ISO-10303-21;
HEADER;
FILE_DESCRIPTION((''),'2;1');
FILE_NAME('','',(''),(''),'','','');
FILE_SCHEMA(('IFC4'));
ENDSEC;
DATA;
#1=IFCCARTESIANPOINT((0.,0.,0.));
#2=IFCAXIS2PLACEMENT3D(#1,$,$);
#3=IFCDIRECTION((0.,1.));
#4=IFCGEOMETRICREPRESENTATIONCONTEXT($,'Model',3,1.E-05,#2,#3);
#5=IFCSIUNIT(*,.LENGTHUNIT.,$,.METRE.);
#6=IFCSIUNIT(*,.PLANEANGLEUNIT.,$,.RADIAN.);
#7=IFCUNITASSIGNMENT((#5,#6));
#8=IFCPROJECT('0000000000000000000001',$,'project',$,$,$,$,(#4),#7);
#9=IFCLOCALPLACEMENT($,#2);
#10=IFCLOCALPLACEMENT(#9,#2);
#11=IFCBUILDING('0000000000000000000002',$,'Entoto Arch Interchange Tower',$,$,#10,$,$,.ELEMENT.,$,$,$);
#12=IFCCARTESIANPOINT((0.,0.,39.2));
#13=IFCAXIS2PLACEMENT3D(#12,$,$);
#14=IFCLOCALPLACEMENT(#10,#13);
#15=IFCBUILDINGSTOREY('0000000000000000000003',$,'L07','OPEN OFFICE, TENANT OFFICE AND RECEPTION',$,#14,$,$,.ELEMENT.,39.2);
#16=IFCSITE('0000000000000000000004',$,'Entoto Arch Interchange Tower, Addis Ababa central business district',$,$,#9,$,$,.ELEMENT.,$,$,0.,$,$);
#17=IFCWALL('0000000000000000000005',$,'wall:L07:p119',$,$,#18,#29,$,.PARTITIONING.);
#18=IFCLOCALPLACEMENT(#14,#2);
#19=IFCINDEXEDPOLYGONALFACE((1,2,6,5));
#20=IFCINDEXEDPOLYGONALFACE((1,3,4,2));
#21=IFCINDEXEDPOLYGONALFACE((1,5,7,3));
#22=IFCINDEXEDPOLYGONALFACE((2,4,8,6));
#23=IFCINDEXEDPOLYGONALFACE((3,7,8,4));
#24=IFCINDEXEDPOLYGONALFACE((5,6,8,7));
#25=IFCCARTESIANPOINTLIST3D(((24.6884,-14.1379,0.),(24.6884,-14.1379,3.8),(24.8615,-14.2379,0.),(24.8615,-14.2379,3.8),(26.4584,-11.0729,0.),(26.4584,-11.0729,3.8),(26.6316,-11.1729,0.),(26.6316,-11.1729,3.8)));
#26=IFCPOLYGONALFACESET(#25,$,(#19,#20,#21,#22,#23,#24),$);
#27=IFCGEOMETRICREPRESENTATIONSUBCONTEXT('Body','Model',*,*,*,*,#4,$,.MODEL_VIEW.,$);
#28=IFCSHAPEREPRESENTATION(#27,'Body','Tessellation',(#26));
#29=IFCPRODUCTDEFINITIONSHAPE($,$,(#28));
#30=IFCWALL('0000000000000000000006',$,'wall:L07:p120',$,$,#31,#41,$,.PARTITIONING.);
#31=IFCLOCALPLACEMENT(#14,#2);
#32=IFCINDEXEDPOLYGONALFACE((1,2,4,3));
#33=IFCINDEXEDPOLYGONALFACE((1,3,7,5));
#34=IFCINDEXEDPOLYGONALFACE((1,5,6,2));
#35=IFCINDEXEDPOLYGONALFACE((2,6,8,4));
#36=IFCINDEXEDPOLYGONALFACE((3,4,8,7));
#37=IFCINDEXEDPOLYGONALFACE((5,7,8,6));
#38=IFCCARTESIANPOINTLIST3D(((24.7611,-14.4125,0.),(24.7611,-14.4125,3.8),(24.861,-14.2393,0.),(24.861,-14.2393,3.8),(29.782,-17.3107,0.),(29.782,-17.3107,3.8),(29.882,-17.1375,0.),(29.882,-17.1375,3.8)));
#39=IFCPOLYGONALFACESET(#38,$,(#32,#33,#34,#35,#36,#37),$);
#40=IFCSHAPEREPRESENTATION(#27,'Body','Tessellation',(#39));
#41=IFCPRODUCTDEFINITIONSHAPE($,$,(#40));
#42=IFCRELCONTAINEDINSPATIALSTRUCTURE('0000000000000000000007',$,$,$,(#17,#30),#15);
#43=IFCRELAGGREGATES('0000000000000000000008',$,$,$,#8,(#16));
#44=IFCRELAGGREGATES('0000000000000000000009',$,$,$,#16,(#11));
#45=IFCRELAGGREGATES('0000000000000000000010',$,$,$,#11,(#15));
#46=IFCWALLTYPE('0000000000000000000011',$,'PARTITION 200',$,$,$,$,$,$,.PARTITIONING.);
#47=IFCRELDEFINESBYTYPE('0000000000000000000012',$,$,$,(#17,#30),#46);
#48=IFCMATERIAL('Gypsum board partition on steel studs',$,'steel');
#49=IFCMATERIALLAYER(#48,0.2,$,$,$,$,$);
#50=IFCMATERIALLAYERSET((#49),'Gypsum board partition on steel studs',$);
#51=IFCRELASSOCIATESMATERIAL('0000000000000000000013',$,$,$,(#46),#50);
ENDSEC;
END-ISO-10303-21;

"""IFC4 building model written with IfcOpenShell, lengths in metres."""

from ifc_helpers import new_model, si_unit, direction, frame, frame_2d, origin, place, context, subcontext, project, spatial, rectangle, extrude, material, layer, layer_set, type_object, element, save


model = new_model("IFC4")

# Units and contexts
model_context = context("Model", 3, precision=1e-05, world=origin(), true_north=direction((0.0, 1.0)))
body_context = subcontext(model_context, "Body", "Model", "MODEL_VIEW")
ifc_project = project(units=[si_unit("LENGTHUNIT", "METRE"), si_unit("PLANEANGLEUNIT", "RADIAN")], contexts=[model_context])

# Site, building, storey
site_placement = place(None, origin())
site = spatial("IfcSite", under=ifc_project, at=site_placement, Name="Entoto Arch Interchange Tower, Addis Ababa central business district", CompositionType="ELEMENT", RefElevation=0.0)
building_placement = place(site_placement, origin())
building = spatial("IfcBuilding", under=site, at=building_placement, Name="Entoto Arch Interchange Tower", CompositionType="ELEMENT")
storey_placement = place(building_placement, frame((0.0, 0.0, 39.2)))
storey = spatial("IfcBuildingStorey", under=building, at=storey_placement, Name="L07", Description="OPEN OFFICE, TENANT OFFICE AND RECEPTION", CompositionType="ELEMENT", Elevation=39.2)

# Shared definitions
ifc_material_1 = material(Name="Gypsum board partition on steel studs", Category="steel")

# Shared definitions
ifc_layer_1 = layer(ifc_material_1, 0.2)
ifc_layer_set_1 = layer_set([ifc_layer_1], Name="Gypsum board partition on steel studs")
wall_type_1 = type_object("IfcWallType", Name="PARTITION 200", PredefinedType="PARTITIONING", material=ifc_layer_set_1)

# Walls
wall_1_placement = place(storey_placement, frame((26.5449, -11.123, 0.0), z_axis=(0.0, 0.0, 1.0), x_axis=(-0.500101, -0.865967, 0.0)))
element("IfcWall", 1, at=wall_1_placement, inside=storey, type_object=wall_type_1, Name="wall:L07:p119", PredefinedType="PARTITIONING", context=body_context, shape_type="SweptSolid", body=[
    extrude(rectangle(XDim=3.5393, YDim=0.2, at=frame_2d((1.7695, 0.0))), origin(), (0.0, 0.0, 1.0), 3.8),
])
wall_2_placement = place(storey_placement, frame((24.811, -14.3259, 0.0), z_axis=(0.0, 0.0, 1.0), x_axis=(0.866076, -0.499912, 0.0)))
element("IfcWall", 2, at=wall_2_placement, inside=storey, type_object=wall_type_1, Name="wall:L07:p120", PredefinedType="PARTITIONING", context=body_context, shape_type="SweptSolid", body=[
    extrude(rectangle(XDim=5.7974, YDim=0.2, at=frame_2d((2.8987, 0.0))), origin(), (0.0, 0.0, 1.0), 3.8),
])

save(model, "model.ifc")
